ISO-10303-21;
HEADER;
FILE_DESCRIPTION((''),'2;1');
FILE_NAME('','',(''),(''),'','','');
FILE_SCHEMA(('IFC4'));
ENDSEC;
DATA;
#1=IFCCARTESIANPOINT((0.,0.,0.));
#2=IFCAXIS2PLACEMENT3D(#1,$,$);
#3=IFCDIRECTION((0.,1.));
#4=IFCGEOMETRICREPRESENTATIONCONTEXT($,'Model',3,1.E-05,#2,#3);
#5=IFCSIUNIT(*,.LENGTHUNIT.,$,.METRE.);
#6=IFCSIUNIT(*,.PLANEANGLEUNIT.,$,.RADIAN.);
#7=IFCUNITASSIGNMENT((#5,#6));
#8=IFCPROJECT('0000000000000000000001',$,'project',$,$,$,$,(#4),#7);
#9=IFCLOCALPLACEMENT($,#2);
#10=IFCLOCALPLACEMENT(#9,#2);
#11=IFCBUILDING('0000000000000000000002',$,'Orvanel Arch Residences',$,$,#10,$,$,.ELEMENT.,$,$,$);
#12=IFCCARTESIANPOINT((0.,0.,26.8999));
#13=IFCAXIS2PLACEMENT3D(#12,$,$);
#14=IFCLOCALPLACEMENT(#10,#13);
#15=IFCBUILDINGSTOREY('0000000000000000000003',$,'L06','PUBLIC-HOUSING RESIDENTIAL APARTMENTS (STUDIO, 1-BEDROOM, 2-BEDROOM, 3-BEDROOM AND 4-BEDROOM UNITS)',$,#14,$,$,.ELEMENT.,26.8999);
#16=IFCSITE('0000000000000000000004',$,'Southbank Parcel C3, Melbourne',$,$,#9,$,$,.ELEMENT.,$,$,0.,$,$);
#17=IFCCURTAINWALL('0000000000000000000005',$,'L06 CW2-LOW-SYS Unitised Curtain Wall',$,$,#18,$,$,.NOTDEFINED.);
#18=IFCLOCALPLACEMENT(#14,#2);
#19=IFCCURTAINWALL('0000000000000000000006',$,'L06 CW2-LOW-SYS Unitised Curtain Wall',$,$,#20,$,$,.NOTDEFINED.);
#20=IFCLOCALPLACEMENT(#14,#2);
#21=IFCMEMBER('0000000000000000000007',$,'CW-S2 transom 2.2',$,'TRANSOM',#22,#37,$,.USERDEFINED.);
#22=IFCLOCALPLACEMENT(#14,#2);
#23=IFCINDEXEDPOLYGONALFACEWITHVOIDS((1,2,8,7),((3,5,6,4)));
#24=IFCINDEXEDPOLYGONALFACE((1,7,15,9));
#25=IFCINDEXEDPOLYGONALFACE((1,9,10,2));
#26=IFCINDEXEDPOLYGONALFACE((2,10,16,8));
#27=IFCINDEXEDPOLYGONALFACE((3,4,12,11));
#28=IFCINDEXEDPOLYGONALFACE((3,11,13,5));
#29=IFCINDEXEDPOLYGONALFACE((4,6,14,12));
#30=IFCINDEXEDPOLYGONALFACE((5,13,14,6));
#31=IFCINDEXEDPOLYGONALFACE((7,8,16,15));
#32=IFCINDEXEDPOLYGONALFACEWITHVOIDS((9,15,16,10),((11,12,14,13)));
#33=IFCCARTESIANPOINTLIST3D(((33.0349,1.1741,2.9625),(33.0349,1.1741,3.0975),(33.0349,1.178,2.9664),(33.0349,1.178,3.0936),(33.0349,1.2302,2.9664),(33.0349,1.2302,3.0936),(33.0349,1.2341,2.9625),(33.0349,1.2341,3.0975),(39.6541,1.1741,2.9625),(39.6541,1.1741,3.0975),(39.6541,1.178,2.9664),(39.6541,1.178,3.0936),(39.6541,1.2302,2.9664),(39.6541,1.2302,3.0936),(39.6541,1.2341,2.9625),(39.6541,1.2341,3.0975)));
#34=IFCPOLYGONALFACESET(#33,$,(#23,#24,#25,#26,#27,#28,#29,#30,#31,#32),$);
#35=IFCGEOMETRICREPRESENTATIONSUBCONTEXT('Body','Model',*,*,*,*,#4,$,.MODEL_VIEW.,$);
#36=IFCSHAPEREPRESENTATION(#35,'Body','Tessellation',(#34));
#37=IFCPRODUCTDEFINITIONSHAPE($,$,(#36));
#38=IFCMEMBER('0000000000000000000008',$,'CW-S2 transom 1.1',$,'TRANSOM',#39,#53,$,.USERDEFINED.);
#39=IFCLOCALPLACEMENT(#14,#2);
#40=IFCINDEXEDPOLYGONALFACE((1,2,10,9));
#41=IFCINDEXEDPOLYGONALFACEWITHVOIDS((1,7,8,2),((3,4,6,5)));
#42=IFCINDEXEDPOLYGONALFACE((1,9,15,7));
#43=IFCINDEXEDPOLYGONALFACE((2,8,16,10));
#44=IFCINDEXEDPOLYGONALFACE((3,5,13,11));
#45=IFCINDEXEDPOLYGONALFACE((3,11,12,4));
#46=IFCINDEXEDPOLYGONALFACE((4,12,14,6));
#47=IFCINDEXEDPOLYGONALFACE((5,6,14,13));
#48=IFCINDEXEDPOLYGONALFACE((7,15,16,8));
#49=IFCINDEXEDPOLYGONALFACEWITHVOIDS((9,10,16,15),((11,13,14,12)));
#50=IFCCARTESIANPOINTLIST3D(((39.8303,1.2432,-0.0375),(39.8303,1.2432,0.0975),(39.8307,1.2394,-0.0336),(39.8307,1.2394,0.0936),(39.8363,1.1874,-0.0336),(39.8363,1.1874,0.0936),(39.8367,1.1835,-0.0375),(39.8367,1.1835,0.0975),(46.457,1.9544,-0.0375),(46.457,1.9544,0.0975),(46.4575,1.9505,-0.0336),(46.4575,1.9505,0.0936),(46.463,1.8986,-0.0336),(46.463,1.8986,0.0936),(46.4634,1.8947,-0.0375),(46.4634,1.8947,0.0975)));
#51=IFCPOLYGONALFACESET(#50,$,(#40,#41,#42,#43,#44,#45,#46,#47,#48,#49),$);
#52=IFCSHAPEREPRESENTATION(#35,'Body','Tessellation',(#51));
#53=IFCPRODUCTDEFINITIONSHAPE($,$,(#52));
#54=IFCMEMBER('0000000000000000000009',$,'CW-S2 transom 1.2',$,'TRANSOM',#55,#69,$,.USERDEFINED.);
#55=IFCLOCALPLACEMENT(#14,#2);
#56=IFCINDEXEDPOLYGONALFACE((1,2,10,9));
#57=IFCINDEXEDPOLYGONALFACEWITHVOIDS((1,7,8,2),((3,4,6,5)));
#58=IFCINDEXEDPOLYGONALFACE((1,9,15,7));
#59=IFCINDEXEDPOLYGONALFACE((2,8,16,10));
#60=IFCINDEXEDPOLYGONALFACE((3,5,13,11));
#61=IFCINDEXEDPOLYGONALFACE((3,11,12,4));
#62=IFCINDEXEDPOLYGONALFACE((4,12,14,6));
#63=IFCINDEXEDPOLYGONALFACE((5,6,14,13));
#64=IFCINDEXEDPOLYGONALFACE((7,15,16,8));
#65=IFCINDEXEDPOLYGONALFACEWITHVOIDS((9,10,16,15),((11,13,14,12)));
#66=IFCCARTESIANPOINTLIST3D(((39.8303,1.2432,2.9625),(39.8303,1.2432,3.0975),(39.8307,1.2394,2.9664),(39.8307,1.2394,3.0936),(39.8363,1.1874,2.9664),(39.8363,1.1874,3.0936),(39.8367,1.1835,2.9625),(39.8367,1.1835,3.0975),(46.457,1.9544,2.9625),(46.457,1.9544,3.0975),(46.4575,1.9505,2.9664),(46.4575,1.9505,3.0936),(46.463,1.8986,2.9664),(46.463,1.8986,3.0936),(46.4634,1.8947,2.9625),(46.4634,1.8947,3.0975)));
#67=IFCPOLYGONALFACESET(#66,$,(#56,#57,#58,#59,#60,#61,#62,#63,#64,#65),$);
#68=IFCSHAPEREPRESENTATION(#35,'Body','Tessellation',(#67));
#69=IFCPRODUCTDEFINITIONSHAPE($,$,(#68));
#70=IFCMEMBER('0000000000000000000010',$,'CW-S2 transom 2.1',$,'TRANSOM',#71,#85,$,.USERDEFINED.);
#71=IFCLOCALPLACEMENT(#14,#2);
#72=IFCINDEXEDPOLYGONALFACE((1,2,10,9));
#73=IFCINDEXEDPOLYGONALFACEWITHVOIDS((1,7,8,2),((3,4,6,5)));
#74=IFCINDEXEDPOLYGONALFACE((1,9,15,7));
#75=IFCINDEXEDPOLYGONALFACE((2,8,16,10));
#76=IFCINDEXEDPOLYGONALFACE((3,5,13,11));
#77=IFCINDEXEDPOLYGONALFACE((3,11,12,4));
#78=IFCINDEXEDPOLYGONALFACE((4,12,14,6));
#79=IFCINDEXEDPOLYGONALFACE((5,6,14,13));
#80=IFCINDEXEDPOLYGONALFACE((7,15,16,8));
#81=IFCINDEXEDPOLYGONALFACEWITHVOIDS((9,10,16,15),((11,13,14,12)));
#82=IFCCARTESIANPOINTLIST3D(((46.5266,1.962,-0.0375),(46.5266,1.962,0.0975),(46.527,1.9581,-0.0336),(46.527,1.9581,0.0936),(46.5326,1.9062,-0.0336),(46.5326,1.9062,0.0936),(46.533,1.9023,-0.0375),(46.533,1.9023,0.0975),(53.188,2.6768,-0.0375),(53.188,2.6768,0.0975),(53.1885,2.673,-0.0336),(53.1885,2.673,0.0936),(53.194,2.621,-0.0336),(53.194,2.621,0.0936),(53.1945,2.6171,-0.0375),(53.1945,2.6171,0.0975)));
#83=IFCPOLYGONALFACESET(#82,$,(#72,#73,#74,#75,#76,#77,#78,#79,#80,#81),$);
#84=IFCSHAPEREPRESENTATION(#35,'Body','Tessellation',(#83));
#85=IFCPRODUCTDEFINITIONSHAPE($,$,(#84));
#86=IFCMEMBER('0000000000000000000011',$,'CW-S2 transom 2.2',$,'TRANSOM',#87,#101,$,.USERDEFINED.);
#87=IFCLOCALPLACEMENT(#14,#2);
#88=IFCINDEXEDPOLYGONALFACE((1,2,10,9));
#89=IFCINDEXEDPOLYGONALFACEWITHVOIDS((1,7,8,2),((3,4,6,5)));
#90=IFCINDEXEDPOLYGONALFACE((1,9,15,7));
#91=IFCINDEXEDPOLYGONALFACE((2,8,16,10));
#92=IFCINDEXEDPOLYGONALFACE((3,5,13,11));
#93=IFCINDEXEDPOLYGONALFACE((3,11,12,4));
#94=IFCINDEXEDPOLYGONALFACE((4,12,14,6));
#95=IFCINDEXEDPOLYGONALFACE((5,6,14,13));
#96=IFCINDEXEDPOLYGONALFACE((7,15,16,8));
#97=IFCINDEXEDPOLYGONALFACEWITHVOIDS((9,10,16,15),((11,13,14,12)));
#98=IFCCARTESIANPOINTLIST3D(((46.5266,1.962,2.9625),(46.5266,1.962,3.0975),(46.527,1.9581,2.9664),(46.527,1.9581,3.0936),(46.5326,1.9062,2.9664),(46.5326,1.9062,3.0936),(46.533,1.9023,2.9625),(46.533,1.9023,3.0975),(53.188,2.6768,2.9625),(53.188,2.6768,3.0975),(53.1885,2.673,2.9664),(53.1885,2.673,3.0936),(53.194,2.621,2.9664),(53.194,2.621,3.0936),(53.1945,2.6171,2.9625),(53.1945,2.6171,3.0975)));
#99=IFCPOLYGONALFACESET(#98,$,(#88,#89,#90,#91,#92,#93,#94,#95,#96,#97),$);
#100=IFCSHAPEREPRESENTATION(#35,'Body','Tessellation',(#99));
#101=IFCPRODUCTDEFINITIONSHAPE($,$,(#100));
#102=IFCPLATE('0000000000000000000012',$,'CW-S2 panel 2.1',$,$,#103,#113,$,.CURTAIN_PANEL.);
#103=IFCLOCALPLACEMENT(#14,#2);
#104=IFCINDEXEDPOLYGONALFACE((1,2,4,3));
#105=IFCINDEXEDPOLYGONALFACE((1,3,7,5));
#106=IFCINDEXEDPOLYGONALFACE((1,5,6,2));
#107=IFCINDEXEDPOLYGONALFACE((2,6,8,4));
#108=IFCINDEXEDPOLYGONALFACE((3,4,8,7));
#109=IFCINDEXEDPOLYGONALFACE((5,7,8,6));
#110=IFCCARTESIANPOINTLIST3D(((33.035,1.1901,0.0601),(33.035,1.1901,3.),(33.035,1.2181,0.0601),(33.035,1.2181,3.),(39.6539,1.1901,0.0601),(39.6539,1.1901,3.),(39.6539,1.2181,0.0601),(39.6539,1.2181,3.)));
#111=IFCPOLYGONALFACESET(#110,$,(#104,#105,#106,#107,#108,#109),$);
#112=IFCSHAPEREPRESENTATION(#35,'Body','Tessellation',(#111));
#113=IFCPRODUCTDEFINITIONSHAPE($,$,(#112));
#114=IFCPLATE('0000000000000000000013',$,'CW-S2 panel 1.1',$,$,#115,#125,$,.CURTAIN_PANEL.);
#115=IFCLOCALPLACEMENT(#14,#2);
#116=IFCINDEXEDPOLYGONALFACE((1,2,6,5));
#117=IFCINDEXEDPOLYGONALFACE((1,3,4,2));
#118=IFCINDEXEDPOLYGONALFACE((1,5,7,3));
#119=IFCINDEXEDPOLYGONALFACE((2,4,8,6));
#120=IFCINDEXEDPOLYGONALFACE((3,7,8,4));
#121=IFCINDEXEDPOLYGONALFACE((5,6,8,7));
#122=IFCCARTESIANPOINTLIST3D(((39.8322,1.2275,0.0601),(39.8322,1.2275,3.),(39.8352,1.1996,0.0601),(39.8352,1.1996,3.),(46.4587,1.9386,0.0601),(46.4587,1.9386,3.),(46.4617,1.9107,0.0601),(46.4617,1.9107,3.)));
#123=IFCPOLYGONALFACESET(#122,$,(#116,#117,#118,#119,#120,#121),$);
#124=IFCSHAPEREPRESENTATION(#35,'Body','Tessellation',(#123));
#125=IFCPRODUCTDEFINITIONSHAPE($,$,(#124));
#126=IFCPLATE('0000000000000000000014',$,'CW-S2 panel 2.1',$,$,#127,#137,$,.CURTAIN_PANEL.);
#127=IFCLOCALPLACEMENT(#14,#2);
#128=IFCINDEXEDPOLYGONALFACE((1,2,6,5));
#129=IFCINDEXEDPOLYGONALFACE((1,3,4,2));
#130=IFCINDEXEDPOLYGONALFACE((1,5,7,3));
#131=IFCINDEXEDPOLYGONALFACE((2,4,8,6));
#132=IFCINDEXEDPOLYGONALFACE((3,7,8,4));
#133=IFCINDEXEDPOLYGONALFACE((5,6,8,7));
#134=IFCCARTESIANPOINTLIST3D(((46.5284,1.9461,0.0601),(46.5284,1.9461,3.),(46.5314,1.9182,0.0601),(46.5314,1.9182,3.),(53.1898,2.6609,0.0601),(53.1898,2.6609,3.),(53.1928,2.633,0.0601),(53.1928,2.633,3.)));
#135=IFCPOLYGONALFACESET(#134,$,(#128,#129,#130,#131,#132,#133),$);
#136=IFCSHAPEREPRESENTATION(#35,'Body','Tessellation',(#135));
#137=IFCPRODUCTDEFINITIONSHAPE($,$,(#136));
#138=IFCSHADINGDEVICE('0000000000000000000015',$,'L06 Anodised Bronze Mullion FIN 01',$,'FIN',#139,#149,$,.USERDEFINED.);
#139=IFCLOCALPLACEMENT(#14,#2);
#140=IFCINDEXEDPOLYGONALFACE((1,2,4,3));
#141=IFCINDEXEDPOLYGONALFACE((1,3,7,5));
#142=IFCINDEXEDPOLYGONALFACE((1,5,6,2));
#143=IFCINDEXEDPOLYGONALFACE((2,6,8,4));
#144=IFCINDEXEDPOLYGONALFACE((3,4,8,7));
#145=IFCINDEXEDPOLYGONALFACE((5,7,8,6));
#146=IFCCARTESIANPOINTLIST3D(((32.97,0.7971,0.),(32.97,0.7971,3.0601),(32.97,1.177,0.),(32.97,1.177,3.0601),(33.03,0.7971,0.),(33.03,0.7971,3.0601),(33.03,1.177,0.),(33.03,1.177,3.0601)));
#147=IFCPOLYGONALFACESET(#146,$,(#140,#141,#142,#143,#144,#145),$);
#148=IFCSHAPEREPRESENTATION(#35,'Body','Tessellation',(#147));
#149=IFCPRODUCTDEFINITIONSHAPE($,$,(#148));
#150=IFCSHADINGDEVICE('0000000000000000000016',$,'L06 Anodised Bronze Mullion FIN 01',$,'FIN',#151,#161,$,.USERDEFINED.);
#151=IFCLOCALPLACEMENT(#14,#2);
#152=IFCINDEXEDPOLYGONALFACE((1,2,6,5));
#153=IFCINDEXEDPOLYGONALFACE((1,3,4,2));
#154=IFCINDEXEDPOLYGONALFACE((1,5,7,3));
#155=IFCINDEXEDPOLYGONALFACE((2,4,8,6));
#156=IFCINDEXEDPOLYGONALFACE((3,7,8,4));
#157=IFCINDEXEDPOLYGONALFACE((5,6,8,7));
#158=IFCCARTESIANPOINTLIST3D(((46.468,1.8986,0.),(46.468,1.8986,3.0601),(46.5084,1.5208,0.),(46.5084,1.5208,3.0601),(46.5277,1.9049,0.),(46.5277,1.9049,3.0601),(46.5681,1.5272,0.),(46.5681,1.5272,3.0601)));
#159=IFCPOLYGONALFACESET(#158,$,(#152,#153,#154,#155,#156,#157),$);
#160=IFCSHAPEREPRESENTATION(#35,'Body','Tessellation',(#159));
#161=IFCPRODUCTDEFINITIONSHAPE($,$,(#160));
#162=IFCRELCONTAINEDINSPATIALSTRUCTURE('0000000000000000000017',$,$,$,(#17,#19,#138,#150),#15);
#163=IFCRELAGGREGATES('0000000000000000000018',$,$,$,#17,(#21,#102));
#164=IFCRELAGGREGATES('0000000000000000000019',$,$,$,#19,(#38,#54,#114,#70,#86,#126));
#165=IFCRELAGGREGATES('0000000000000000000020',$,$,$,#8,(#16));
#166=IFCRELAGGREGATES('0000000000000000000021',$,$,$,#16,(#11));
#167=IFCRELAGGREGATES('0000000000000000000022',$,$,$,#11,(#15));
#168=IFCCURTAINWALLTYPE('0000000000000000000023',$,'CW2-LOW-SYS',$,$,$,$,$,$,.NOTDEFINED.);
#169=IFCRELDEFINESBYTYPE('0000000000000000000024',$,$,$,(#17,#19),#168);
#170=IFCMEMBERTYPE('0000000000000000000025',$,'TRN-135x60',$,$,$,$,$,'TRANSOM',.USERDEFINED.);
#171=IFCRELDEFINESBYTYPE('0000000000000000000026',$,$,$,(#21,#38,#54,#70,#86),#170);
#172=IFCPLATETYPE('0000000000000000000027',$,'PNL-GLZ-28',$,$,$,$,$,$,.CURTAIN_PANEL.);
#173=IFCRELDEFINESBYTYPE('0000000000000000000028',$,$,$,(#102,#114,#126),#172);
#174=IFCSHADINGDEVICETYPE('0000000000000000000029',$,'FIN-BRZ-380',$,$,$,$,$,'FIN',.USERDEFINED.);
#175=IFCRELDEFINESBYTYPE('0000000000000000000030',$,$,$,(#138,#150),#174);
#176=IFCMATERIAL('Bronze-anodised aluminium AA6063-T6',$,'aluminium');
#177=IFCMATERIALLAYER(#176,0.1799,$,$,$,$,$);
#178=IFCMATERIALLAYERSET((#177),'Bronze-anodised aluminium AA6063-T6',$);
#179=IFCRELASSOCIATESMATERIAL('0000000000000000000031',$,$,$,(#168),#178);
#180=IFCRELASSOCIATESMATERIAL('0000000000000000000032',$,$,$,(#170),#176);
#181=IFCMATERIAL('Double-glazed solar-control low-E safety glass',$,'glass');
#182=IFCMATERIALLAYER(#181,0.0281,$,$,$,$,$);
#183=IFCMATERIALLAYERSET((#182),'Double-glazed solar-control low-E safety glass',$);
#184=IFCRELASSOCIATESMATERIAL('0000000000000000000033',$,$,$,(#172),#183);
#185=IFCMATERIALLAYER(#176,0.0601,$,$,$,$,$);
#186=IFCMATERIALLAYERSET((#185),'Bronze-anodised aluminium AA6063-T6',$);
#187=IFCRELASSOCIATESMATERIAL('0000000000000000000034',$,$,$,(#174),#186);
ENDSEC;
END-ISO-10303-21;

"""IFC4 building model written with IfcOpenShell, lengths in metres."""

from ifc_helpers import new_model, si_unit, direction, frame, origin, origin_2d, place, context, subcontext, project, spatial, rectangle, hollow_rectangle, extrude, material, layer, layer_set, material_profile, profile_set, type_object, element, aggregate, save


model = new_model("IFC4")

# Units and contexts
model_context = context("Model", 3, precision=1e-05, world=origin(), true_north=direction((0.0, 1.0)))
body_context = subcontext(model_context, "Body", "Model", "MODEL_VIEW")
ifc_project = project(units=[si_unit("LENGTHUNIT", "METRE"), si_unit("PLANEANGLEUNIT", "RADIAN")], contexts=[model_context])

# Site, building, storey
site_placement = place(None, origin())
site = spatial("IfcSite", under=ifc_project, at=site_placement, Name="Southbank Parcel C3, Melbourne", CompositionType="ELEMENT", RefElevation=0.0)
building_placement = place(site_placement, origin())
building = spatial("IfcBuilding", under=site, at=building_placement, Name="Orvanel Arch Residences", CompositionType="ELEMENT")
storey_placement = place(building_placement, frame((0.0, 0.0, 26.8999)))
storey = spatial("IfcBuildingStorey", under=building, at=storey_placement, Name="L06", Description="PUBLIC-HOUSING RESIDENTIAL APARTMENTS (STUDIO, 1-BEDROOM, 2-BEDROOM, 3-BEDROOM AND 4-BEDROOM UNITS)", CompositionType="ELEMENT", Elevation=26.8999)

# Curtain walls
ifc_material_1 = material(Name="Bronze-anodised aluminium AA6063-T6", Category="aluminium")
ifc_layer_1 = layer(ifc_material_1, 0.1799)
ifc_layer_set_1 = layer_set([ifc_layer_1], Name="Bronze-anodised aluminium AA6063-T6")
curtain_wall_type = type_object("IfcCurtainWallType", Name="CW2-LOW-SYS", PredefinedType="NOTDEFINED", material=ifc_layer_set_1)
curtain_wall_1_placement = place(storey_placement, origin())
curtain_wall_1 = element("IfcCurtainWall", 1, at=curtain_wall_1_placement, inside=storey, type_object=curtain_wall_type, Name="L06 CW2-LOW-SYS Unitised Curtain Wall", PredefinedType="NOTDEFINED")
curtain_wall_2_placement = place(storey_placement, origin())
curtain_wall_2 = element("IfcCurtainWall", 2, at=curtain_wall_2_placement, inside=storey, type_object=curtain_wall_type, Name="L06 CW2-LOW-SYS Unitised Curtain Wall", PredefinedType="NOTDEFINED")

# Members
ifc_material_profile_1 = material_profile(ifc_material_1, hollow_rectangle(XDim=0.0601, YDim=0.135, WallThickness=0.0039, at=origin_2d()), Name="ALU135x60x4")
ifc_profile_set_1 = profile_set([ifc_material_profile_1], Name="Bronze-anodised aluminium AA6063-T6")
member_type_1 = type_object("IfcMemberType", Name="TRN-135x60", ElementType="TRANSOM", PredefinedType="USERDEFINED", material=ifc_profile_set_1)
member_1_placement = place(storey_placement, frame((33.0349, 1.2041, 3.03), z_axis=(1.0, 0.0, 0.0), x_axis=(0.0, 1.0, 0.0)))
member_1 = element("IfcMember", 3, at=member_1_placement, type_object=member_type_1, Name="CW-S2 transom 2.2", ObjectType="TRANSOM", PredefinedType="USERDEFINED", context=body_context, shape_type="SweptSolid", body=[
    extrude(hollow_rectangle(XDim=0.0601, YDim=0.135, WallThickness=0.0039, at=origin_2d()), origin(), (0.0, 0.0, 1.0), 6.6191),
])
member_2_placement = place(storey_placement, frame((39.8335, 1.2134, 0.03), z_axis=(0.99429, 0.106708, 0.0), x_axis=(-0.106708, 0.99429, 0.0)))
member_2 = element("IfcMember", 4, at=member_2_placement, type_object=member_type_1, Name="CW-S2 transom 1.1", ObjectType="TRANSOM", PredefinedType="USERDEFINED", context=body_context, shape_type="SweptSolid", body=[
    extrude(hollow_rectangle(XDim=0.0601, YDim=0.135, WallThickness=0.0039, at=origin_2d()), origin(), (0.0, 0.0, 1.0), 6.6648),
])
member_3_placement = place(storey_placement, frame((39.8335, 1.2134, 3.03), z_axis=(0.99429, 0.106708, 0.0), x_axis=(-0.106708, 0.99429, 0.0)))
member_3 = element("IfcMember", 5, at=member_3_placement, type_object=member_type_1, Name="CW-S2 transom 1.2", ObjectType="TRANSOM", PredefinedType="USERDEFINED", context=body_context, shape_type="SweptSolid", body=[
    extrude(hollow_rectangle(XDim=0.0601, YDim=0.135, WallThickness=0.0039, at=origin_2d()), origin(), (0.0, 0.0, 1.0), 6.6648),
])
member_4_placement = place(storey_placement, frame((46.5298, 1.9321, 0.03), z_axis=(0.994291, 0.106699, 0.0), x_axis=(-0.106699, 0.994291, 0.0)))
member_4 = element("IfcMember", 6, at=member_4_placement, type_object=member_type_1, Name="CW-S2 transom 2.1", ObjectType="TRANSOM", PredefinedType="USERDEFINED", context=body_context, shape_type="SweptSolid", body=[
    extrude(hollow_rectangle(XDim=0.0601, YDim=0.135, WallThickness=0.0039, at=origin_2d()), origin(), (0.0, 0.0, 1.0), 6.6997),
])
member_5_placement = place(storey_placement, frame((46.5298, 1.9321, 3.03), z_axis=(0.994291, 0.106699, 0.0), x_axis=(-0.106699, 0.994291, 0.0)))
member_5 = element("IfcMember", 7, at=member_5_placement, type_object=member_type_1, Name="CW-S2 transom 2.2", ObjectType="TRANSOM", PredefinedType="USERDEFINED", context=body_context, shape_type="SweptSolid", body=[
    extrude(hollow_rectangle(XDim=0.0601, YDim=0.135, WallThickness=0.0039, at=origin_2d()), origin(), (0.0, 0.0, 1.0), 6.6997),
])

# Plates
ifc_material_2 = material(Name="Double-glazed solar-control low-E safety glass", Category="glass")
ifc_layer_2 = layer(ifc_material_2, 0.0281)
ifc_layer_set_2 = layer_set([ifc_layer_2], Name="Double-glazed solar-control low-E safety glass")
plate_type = type_object("IfcPlateType", Name="PNL-GLZ-28", PredefinedType="CURTAIN_PANEL", material=ifc_layer_set_2)
plate_1_placement = place(storey_placement, frame((36.3445, 1.2041, 0.0601), z_axis=(0.0, 0.0, 1.0), x_axis=(1.0, 0.0, 0.0)))
plate_1 = element("IfcPlate", 8, at=plate_1_placement, type_object=plate_type, Name="CW-S2 panel 2.1", PredefinedType="CURTAIN_PANEL", context=body_context, shape_type="SweptSolid", body=[
    extrude(rectangle(XDim=6.6189, YDim=0.0281, at=origin_2d()), origin(), (0.0, 0.0, 1.0), 2.9399),
])
aggregate(curtain_wall_1, [member_1, plate_1])
plate_2_placement = place(storey_placement, frame((43.147, 1.5691, 0.0601), z_axis=(0.0, 0.0, 1.0), x_axis=(0.994291, 0.106702, 0.0)))
plate_2 = element("IfcPlate", 9, at=plate_2_placement, type_object=plate_type, Name="CW-S2 panel 1.1", PredefinedType="CURTAIN_PANEL", context=body_context, shape_type="SweptSolid", body=[
    extrude(rectangle(XDim=6.6646, YDim=0.0281, at=origin_2d()), origin(), (0.0, 0.0, 1.0), 2.9399),
])
plate_3_placement = place(storey_placement, frame((49.8606, 2.2896, 0.0601), z_axis=(0.0, 0.0, 1.0), x_axis=(0.994291, 0.106702, 0.0)))
plate_3 = element("IfcPlate", 10, at=plate_3_placement, type_object=plate_type, Name="CW-S2 panel 2.1", PredefinedType="CURTAIN_PANEL", context=body_context, shape_type="SweptSolid", body=[
    extrude(rectangle(XDim=6.6997, YDim=0.0281, at=origin_2d()), origin(), (0.0, 0.0, 1.0), 2.9399),
])
aggregate(curtain_wall_2, [member_2, member_3, plate_2, member_4, member_5, plate_3])

# Shading devices
ifc_layer_3 = layer(ifc_material_1, 0.0601)
ifc_layer_set_3 = layer_set([ifc_layer_3], Name="Bronze-anodised aluminium AA6063-T6")
shading_device_type = type_object("IfcShadingDeviceType", Name="FIN-BRZ-380", ElementType="FIN", PredefinedType="USERDEFINED", material=ifc_layer_set_3)
for number, where, z_axis, x_axis, name in (
    (11, (33.0, 0.9871, 0.0), (0.0, 0.0, 1.0), (0.0, -1.0, 0.0), "L06 Anodised Bronze Mullion FIN 01"),
    (12, (46.5181, 1.7129, 0.0), (0.0, 0.0, 1.0), (0.106264, -0.994338, 0.0), "L06 Anodised Bronze Mullion FIN 01"),
):
    element("IfcShadingDevice", number, at=place(storey_placement, frame(where, z_axis=z_axis, x_axis=x_axis)), inside=storey, type_object=shading_device_type, Name=name, ObjectType="FIN", PredefinedType="USERDEFINED", context=body_context, shape_type="SweptSolid", body=[
        extrude(rectangle(XDim=0.3799, YDim=0.0601, at=origin_2d()), origin(), (0.0, 0.0, 1.0), 3.0601),
    ])

save(model, "model.ifc")
